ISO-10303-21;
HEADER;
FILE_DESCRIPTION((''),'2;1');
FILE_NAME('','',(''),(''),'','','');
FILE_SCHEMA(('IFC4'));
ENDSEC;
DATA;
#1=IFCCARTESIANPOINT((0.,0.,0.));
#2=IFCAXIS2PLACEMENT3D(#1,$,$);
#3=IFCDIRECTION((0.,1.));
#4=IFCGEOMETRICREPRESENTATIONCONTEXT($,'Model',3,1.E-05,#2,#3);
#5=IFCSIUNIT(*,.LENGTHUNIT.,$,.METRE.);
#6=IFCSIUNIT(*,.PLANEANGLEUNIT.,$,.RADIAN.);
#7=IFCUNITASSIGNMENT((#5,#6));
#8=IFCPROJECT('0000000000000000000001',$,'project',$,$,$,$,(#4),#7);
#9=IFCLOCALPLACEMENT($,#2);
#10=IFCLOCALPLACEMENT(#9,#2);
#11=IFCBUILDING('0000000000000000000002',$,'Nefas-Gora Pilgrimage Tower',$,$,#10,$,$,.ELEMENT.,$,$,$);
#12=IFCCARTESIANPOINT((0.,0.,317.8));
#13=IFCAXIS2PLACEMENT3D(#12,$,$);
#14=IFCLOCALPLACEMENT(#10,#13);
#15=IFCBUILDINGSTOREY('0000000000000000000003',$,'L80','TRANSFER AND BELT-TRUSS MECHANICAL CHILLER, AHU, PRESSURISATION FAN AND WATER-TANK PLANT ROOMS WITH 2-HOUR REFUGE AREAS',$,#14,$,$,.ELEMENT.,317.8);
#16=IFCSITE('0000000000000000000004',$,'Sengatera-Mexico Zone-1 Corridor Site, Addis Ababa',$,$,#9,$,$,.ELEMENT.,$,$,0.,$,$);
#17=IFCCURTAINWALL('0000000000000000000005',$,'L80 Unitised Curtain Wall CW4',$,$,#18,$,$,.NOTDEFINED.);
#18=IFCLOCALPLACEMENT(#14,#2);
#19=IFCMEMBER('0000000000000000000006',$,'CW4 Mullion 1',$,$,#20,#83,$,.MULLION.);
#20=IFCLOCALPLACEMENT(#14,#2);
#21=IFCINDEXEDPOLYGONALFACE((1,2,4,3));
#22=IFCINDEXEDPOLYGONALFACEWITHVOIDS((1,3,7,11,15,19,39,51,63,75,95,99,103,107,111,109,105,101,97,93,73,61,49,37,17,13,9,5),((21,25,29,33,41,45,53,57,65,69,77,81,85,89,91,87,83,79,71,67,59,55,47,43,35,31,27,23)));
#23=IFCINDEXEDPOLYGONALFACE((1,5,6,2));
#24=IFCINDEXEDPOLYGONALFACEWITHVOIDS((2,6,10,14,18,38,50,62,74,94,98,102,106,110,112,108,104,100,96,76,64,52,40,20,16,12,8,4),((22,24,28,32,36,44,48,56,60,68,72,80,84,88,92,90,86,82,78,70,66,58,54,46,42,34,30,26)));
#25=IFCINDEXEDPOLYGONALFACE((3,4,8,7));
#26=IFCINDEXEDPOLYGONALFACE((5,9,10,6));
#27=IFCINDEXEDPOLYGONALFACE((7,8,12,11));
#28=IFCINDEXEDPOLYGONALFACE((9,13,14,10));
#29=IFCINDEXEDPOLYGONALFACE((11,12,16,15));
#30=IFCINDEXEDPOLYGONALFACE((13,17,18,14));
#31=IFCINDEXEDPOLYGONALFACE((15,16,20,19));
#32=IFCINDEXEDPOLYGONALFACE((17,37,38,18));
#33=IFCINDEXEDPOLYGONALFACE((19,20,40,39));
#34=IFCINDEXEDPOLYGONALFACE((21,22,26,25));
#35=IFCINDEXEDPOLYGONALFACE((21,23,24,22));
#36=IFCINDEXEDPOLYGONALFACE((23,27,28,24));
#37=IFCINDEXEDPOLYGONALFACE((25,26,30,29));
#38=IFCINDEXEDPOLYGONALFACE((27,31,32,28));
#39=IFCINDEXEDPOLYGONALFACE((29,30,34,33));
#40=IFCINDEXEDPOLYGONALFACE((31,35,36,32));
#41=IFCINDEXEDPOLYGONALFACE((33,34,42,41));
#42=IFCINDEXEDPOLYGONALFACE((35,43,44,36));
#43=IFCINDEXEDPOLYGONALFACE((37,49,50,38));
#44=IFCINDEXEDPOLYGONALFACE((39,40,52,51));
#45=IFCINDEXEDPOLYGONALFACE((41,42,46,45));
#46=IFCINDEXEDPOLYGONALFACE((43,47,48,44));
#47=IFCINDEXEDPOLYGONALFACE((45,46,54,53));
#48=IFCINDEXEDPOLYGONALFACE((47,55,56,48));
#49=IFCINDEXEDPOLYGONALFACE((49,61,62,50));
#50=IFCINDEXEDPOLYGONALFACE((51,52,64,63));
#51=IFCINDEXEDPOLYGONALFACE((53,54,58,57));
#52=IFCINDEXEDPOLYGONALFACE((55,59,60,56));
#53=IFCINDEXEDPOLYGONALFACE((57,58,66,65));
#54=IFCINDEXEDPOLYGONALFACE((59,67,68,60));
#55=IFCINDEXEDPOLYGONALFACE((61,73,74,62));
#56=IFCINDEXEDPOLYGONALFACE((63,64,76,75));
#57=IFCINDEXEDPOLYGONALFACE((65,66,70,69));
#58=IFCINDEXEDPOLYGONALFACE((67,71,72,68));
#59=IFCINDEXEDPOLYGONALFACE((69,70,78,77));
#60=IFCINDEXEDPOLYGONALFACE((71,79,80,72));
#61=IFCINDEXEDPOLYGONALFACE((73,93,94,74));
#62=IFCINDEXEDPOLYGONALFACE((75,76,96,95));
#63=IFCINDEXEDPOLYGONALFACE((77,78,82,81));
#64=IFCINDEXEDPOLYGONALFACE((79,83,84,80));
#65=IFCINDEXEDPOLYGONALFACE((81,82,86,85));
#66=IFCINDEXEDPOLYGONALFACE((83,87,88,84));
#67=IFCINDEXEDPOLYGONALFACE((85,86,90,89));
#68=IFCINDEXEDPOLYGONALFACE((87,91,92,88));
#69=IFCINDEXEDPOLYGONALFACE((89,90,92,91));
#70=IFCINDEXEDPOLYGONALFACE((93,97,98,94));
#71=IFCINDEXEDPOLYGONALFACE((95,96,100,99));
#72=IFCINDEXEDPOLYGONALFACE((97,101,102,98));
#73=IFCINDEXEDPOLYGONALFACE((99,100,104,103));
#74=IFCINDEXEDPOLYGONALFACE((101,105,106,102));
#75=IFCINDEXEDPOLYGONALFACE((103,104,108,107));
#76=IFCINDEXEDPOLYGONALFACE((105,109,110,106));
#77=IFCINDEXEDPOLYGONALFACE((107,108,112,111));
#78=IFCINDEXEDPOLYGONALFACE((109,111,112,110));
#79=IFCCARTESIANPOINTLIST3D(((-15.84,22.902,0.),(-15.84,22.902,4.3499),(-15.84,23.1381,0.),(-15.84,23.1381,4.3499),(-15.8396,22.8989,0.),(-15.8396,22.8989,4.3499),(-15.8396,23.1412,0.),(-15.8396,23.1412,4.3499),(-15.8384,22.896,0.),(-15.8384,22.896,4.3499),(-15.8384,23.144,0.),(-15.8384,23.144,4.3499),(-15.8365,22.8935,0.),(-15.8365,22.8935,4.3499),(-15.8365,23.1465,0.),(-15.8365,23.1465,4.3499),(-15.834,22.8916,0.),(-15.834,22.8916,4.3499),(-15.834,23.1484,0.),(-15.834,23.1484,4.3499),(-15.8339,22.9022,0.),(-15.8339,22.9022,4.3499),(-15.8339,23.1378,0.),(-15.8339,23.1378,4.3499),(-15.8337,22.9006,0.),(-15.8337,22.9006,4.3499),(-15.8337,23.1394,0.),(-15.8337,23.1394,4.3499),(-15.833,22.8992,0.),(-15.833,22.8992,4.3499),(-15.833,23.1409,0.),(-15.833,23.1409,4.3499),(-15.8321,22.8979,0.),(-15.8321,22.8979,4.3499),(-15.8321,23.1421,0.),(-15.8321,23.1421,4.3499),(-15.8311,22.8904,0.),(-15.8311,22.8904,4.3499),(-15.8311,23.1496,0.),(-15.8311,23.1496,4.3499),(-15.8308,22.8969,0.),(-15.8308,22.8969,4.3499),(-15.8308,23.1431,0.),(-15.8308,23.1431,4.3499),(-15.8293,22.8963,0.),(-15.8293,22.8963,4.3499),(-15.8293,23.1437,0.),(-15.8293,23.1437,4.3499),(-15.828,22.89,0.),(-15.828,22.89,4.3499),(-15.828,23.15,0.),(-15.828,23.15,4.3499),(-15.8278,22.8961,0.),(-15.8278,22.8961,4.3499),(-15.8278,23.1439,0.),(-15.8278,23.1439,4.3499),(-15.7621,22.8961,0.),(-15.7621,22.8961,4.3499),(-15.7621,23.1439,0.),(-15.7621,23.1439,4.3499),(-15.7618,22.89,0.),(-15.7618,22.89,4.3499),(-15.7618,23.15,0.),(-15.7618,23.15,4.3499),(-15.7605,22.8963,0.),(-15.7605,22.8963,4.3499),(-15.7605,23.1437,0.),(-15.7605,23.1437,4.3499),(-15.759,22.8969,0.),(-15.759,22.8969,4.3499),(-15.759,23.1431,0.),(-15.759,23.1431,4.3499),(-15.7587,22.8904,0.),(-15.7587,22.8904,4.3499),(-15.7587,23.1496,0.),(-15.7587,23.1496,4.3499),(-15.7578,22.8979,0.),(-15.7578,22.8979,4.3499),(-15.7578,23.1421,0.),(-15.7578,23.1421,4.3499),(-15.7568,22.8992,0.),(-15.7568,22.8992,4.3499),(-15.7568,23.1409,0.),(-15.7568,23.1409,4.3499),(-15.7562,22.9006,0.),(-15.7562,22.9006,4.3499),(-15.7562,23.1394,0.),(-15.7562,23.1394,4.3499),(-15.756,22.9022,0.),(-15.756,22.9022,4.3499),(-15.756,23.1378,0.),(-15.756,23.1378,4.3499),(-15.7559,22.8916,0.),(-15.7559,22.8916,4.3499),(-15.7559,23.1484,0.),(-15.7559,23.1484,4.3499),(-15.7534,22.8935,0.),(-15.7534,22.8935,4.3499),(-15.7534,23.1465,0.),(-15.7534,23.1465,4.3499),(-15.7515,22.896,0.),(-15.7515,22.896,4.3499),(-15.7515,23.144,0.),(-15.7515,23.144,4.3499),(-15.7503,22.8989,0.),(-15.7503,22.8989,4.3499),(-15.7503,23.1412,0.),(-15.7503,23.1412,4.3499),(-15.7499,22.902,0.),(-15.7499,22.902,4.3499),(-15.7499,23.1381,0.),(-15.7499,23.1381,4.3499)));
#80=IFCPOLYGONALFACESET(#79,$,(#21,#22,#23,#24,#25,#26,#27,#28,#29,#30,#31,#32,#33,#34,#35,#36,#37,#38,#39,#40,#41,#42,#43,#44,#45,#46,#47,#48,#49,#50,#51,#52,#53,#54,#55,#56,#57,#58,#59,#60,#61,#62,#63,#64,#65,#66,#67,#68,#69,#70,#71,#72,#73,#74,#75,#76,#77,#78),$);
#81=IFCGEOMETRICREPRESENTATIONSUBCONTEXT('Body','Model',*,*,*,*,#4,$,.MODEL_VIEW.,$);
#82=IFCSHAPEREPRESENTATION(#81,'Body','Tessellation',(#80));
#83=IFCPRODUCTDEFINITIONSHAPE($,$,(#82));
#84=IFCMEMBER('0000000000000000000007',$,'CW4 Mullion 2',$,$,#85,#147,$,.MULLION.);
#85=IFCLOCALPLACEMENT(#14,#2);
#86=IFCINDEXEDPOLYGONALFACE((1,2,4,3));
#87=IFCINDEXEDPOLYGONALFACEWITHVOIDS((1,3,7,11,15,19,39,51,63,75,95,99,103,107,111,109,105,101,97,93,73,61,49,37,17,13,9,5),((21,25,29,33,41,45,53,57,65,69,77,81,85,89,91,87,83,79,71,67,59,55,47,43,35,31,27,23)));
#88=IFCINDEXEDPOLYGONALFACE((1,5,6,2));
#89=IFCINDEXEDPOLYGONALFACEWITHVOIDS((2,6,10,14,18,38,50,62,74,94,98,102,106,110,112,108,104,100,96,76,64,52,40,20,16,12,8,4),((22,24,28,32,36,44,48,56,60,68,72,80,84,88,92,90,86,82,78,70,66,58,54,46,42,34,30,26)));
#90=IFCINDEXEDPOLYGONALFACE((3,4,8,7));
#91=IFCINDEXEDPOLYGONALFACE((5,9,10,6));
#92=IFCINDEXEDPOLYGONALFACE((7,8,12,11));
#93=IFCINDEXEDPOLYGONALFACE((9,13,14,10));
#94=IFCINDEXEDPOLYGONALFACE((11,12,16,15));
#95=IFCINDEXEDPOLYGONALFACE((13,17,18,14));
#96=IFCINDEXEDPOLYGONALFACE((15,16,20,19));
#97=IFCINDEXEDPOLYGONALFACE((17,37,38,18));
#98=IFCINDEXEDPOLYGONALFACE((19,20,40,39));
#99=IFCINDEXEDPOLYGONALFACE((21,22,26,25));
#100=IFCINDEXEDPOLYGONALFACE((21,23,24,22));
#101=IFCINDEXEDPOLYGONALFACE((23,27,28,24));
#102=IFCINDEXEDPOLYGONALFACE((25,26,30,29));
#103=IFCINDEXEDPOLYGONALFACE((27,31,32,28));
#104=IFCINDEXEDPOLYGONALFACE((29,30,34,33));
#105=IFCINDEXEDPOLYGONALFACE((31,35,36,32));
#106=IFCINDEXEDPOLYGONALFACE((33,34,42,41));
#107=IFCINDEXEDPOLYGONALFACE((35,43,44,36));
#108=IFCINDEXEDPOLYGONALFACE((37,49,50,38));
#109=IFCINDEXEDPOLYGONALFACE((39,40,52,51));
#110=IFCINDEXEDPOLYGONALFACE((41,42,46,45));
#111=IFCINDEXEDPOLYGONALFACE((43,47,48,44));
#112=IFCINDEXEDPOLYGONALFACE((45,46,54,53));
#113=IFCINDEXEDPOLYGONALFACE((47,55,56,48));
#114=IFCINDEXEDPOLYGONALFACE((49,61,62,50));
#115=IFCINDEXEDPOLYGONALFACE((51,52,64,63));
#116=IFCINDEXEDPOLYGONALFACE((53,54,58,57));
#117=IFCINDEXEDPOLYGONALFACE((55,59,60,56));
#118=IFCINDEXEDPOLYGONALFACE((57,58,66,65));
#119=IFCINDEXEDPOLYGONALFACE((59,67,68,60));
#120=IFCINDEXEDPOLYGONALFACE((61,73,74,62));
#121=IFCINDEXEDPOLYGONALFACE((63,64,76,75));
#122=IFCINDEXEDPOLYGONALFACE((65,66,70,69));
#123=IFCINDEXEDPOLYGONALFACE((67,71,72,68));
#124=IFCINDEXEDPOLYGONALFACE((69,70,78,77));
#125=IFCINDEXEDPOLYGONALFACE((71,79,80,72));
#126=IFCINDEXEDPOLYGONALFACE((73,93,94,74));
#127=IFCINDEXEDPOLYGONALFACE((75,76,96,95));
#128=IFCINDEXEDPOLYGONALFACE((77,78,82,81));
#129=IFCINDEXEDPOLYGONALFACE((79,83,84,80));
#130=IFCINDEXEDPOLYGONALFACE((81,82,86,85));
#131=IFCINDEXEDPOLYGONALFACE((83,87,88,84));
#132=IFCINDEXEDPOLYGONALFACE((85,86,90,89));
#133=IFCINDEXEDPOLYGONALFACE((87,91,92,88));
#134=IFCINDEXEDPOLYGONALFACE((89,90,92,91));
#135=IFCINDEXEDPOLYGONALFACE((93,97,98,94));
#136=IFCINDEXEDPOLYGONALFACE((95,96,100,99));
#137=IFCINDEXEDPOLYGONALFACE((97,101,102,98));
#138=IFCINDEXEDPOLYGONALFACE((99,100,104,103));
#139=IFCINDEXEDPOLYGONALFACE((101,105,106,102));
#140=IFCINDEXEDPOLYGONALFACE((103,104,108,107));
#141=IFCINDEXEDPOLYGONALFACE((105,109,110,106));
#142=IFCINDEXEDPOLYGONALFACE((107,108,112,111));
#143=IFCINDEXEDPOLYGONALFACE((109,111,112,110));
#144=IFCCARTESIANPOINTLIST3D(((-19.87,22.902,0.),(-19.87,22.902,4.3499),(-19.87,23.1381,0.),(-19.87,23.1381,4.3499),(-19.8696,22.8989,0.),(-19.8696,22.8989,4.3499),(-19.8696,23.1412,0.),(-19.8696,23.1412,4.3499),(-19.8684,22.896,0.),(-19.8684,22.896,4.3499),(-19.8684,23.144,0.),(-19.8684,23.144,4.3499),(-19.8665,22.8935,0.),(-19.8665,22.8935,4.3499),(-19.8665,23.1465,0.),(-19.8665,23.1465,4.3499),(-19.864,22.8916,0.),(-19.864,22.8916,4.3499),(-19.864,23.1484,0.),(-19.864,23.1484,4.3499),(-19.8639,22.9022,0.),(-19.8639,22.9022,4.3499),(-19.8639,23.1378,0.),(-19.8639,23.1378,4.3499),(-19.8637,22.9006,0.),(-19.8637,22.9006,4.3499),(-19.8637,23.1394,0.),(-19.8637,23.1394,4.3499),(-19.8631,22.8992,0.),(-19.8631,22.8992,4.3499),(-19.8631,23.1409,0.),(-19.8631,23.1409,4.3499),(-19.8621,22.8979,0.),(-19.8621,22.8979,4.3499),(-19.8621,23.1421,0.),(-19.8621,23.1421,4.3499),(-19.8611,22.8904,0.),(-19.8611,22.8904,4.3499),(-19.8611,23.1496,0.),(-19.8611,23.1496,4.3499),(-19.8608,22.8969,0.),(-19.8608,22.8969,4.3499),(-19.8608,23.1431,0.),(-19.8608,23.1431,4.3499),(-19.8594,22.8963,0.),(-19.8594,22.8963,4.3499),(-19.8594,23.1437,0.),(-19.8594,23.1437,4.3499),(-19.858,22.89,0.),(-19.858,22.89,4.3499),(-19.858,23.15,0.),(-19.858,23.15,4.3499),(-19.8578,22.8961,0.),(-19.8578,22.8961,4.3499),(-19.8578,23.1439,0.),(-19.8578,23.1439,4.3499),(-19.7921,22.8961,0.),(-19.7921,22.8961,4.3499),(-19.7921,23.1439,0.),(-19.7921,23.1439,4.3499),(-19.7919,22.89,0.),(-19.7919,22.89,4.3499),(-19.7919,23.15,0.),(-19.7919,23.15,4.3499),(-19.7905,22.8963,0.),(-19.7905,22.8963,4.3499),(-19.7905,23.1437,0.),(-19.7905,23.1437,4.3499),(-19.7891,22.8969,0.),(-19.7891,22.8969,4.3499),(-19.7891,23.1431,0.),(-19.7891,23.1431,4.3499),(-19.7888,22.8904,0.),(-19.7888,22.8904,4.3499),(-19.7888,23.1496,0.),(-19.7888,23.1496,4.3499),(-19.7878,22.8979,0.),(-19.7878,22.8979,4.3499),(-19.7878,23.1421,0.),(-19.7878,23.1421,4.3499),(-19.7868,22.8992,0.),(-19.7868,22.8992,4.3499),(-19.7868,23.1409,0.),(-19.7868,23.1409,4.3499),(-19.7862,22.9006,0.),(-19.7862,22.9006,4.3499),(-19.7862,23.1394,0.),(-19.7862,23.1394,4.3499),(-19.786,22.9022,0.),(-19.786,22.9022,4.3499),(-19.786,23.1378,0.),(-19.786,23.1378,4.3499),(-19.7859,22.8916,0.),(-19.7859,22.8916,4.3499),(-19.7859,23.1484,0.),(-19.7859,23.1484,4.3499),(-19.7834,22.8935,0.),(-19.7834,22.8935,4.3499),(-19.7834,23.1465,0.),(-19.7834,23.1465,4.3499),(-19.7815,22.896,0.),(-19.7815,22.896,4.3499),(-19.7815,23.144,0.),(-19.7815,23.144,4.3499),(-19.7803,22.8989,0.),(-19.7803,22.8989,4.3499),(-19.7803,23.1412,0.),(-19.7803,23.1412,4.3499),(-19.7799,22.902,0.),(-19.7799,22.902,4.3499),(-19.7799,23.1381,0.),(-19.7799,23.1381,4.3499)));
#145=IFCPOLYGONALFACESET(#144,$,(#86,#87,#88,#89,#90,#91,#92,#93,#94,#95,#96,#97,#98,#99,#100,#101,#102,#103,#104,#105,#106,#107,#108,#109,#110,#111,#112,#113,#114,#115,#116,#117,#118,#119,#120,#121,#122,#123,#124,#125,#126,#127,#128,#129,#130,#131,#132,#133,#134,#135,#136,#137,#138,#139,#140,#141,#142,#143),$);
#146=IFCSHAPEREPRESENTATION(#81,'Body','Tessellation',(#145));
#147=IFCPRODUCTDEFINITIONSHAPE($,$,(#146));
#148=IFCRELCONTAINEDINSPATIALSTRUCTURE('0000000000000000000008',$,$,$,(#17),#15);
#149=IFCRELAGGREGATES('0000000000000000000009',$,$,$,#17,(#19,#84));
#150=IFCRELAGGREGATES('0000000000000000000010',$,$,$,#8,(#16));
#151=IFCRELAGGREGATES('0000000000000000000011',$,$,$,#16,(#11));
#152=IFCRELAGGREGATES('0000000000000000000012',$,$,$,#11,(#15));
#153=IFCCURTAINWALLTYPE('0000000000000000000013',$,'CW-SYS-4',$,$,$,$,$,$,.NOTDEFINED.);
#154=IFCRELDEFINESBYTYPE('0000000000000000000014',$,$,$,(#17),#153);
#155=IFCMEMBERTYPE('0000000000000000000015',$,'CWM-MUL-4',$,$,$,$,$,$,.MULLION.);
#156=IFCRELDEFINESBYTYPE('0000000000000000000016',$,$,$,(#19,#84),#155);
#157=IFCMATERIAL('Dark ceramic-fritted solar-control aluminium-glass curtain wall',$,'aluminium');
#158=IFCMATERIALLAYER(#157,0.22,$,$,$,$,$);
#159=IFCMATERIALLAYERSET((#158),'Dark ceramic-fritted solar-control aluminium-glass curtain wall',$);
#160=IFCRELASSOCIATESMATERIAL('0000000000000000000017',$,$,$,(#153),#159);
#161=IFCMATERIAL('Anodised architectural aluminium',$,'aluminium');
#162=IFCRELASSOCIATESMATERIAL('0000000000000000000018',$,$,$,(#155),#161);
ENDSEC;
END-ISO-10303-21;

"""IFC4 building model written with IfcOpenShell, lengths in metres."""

from ifc_helpers import new_model, si_unit, direction, frame, origin, origin_2d, place, context, subcontext, project, spatial, hollow_rectangle, extrude, source, transform, mapped, material, layer, layer_set, material_profile, profile_set, type_object, element, aggregate, save


model = new_model("IFC4")

# Units and contexts
model_context = context("Model", 3, precision=1e-05, world=origin(), true_north=direction((0.0, 1.0)))
body_context = subcontext(model_context, "Body", "Model", "MODEL_VIEW")
ifc_project = project(units=[si_unit("LENGTHUNIT", "METRE"), si_unit("PLANEANGLEUNIT", "RADIAN")], contexts=[model_context])

# Site, building, storey
site_placement = place(None, origin())
site = spatial("IfcSite", under=ifc_project, at=site_placement, Name="Sengatera-Mexico Zone-1 Corridor Site, Addis Ababa", CompositionType="ELEMENT", RefElevation=0.0)
building_placement = place(site_placement, origin())
building = spatial("IfcBuilding", under=site, at=building_placement, Name="Nefas-Gora Pilgrimage Tower", CompositionType="ELEMENT")
storey_placement = place(building_placement, frame((0.0, 0.0, 317.8)))
storey = spatial("IfcBuildingStorey", under=building, at=storey_placement, Name="L80", Description="TRANSFER AND BELT-TRUSS MECHANICAL CHILLER, AHU, PRESSURISATION FAN AND WATER-TANK PLANT ROOMS WITH 2-HOUR REFUGE AREAS", CompositionType="ELEMENT", Elevation=317.8)

# Curtain wall, members
ifc_material_1 = material(Name="Dark ceramic-fritted solar-control aluminium-glass curtain wall", Category="aluminium")
ifc_layer_1 = layer(ifc_material_1, 0.22)
ifc_layer_set_1 = layer_set([ifc_layer_1], Name="Dark ceramic-fritted solar-control aluminium-glass curtain wall")
curtain_wall_type_1 = type_object("IfcCurtainWallType", Name="CW-SYS-4", PredefinedType="NOTDEFINED", material=ifc_layer_set_1)
curtain_wall_1_placement = place(storey_placement, origin())
curtain_wall_1 = element("IfcCurtainWall", 1, at=curtain_wall_1_placement, inside=storey, type_object=curtain_wall_type_1, Name="L80 Unitised Curtain Wall CW4", PredefinedType="NOTDEFINED")
ifc_material_2 = material(Name="Anodised architectural aluminium", Category="aluminium")
ifc_material_profile_1 = material_profile(ifc_material_2, hollow_rectangle(XDim=0.0901, YDim=0.26, WallThickness=0.0061, InnerFilletRadius=0.0061, OuterFilletRadius=0.012, at=origin_2d()), Name="ALU MULLION 90x260")
ifc_profile_set_1 = profile_set([ifc_material_profile_1], Name="Anodised architectural aluminium")
member_type_1 = type_object("IfcMemberType", Name="CWM-MUL-4", PredefinedType="MULLION", material=ifc_profile_set_1)
shared_shape_1 = source(origin(), body_context, "Body", "SweptSolid", [
    extrude(hollow_rectangle(XDim=0.0901, YDim=0.26, WallThickness=0.0061, InnerFilletRadius=0.0061, OuterFilletRadius=0.012, at=origin_2d()), origin(), (0.0, 0.0, 1.0), 4.3499),
])
member_1_placement = place(storey_placement, frame((-15.7949, 23.02, 0.0), z_axis=(0.0, 0.0, 1.0), x_axis=(-1.0, 0.0, 0.0)))
member_1 = element("IfcMember", 2, at=member_1_placement, type_object=member_type_1, Name="CW4 Mullion 1", PredefinedType="MULLION", context=body_context, shape_type="MappedRepresentation", body=[
    mapped(shared_shape_1, transform((0.0, 0.0, 0.0), x_axis=(1.0, 0.0, 0.0), y_axis=(0.0, 1.0, 0.0), z_axis=(0.0, 0.0, 1.0), scale=1.0)),
])
member_2_placement = place(storey_placement, frame((-19.825, 23.02, 0.0), z_axis=(0.0, 0.0, 1.0), x_axis=(-1.0, 0.0, 0.0)))
member_2 = element("IfcMember", 3, at=member_2_placement, type_object=member_type_1, Name="CW4 Mullion 2", PredefinedType="MULLION", context=body_context, shape_type="MappedRepresentation", body=[
    mapped(shared_shape_1, transform((0.0, 0.0, 0.0), x_axis=(1.0, 0.0, 0.0), y_axis=(0.0, 1.0, 0.0), z_axis=(0.0, 0.0, 1.0), scale=1.0)),
])

aggregate(curtain_wall_1, [member_1, member_2])

save(model, "model.ifc")
